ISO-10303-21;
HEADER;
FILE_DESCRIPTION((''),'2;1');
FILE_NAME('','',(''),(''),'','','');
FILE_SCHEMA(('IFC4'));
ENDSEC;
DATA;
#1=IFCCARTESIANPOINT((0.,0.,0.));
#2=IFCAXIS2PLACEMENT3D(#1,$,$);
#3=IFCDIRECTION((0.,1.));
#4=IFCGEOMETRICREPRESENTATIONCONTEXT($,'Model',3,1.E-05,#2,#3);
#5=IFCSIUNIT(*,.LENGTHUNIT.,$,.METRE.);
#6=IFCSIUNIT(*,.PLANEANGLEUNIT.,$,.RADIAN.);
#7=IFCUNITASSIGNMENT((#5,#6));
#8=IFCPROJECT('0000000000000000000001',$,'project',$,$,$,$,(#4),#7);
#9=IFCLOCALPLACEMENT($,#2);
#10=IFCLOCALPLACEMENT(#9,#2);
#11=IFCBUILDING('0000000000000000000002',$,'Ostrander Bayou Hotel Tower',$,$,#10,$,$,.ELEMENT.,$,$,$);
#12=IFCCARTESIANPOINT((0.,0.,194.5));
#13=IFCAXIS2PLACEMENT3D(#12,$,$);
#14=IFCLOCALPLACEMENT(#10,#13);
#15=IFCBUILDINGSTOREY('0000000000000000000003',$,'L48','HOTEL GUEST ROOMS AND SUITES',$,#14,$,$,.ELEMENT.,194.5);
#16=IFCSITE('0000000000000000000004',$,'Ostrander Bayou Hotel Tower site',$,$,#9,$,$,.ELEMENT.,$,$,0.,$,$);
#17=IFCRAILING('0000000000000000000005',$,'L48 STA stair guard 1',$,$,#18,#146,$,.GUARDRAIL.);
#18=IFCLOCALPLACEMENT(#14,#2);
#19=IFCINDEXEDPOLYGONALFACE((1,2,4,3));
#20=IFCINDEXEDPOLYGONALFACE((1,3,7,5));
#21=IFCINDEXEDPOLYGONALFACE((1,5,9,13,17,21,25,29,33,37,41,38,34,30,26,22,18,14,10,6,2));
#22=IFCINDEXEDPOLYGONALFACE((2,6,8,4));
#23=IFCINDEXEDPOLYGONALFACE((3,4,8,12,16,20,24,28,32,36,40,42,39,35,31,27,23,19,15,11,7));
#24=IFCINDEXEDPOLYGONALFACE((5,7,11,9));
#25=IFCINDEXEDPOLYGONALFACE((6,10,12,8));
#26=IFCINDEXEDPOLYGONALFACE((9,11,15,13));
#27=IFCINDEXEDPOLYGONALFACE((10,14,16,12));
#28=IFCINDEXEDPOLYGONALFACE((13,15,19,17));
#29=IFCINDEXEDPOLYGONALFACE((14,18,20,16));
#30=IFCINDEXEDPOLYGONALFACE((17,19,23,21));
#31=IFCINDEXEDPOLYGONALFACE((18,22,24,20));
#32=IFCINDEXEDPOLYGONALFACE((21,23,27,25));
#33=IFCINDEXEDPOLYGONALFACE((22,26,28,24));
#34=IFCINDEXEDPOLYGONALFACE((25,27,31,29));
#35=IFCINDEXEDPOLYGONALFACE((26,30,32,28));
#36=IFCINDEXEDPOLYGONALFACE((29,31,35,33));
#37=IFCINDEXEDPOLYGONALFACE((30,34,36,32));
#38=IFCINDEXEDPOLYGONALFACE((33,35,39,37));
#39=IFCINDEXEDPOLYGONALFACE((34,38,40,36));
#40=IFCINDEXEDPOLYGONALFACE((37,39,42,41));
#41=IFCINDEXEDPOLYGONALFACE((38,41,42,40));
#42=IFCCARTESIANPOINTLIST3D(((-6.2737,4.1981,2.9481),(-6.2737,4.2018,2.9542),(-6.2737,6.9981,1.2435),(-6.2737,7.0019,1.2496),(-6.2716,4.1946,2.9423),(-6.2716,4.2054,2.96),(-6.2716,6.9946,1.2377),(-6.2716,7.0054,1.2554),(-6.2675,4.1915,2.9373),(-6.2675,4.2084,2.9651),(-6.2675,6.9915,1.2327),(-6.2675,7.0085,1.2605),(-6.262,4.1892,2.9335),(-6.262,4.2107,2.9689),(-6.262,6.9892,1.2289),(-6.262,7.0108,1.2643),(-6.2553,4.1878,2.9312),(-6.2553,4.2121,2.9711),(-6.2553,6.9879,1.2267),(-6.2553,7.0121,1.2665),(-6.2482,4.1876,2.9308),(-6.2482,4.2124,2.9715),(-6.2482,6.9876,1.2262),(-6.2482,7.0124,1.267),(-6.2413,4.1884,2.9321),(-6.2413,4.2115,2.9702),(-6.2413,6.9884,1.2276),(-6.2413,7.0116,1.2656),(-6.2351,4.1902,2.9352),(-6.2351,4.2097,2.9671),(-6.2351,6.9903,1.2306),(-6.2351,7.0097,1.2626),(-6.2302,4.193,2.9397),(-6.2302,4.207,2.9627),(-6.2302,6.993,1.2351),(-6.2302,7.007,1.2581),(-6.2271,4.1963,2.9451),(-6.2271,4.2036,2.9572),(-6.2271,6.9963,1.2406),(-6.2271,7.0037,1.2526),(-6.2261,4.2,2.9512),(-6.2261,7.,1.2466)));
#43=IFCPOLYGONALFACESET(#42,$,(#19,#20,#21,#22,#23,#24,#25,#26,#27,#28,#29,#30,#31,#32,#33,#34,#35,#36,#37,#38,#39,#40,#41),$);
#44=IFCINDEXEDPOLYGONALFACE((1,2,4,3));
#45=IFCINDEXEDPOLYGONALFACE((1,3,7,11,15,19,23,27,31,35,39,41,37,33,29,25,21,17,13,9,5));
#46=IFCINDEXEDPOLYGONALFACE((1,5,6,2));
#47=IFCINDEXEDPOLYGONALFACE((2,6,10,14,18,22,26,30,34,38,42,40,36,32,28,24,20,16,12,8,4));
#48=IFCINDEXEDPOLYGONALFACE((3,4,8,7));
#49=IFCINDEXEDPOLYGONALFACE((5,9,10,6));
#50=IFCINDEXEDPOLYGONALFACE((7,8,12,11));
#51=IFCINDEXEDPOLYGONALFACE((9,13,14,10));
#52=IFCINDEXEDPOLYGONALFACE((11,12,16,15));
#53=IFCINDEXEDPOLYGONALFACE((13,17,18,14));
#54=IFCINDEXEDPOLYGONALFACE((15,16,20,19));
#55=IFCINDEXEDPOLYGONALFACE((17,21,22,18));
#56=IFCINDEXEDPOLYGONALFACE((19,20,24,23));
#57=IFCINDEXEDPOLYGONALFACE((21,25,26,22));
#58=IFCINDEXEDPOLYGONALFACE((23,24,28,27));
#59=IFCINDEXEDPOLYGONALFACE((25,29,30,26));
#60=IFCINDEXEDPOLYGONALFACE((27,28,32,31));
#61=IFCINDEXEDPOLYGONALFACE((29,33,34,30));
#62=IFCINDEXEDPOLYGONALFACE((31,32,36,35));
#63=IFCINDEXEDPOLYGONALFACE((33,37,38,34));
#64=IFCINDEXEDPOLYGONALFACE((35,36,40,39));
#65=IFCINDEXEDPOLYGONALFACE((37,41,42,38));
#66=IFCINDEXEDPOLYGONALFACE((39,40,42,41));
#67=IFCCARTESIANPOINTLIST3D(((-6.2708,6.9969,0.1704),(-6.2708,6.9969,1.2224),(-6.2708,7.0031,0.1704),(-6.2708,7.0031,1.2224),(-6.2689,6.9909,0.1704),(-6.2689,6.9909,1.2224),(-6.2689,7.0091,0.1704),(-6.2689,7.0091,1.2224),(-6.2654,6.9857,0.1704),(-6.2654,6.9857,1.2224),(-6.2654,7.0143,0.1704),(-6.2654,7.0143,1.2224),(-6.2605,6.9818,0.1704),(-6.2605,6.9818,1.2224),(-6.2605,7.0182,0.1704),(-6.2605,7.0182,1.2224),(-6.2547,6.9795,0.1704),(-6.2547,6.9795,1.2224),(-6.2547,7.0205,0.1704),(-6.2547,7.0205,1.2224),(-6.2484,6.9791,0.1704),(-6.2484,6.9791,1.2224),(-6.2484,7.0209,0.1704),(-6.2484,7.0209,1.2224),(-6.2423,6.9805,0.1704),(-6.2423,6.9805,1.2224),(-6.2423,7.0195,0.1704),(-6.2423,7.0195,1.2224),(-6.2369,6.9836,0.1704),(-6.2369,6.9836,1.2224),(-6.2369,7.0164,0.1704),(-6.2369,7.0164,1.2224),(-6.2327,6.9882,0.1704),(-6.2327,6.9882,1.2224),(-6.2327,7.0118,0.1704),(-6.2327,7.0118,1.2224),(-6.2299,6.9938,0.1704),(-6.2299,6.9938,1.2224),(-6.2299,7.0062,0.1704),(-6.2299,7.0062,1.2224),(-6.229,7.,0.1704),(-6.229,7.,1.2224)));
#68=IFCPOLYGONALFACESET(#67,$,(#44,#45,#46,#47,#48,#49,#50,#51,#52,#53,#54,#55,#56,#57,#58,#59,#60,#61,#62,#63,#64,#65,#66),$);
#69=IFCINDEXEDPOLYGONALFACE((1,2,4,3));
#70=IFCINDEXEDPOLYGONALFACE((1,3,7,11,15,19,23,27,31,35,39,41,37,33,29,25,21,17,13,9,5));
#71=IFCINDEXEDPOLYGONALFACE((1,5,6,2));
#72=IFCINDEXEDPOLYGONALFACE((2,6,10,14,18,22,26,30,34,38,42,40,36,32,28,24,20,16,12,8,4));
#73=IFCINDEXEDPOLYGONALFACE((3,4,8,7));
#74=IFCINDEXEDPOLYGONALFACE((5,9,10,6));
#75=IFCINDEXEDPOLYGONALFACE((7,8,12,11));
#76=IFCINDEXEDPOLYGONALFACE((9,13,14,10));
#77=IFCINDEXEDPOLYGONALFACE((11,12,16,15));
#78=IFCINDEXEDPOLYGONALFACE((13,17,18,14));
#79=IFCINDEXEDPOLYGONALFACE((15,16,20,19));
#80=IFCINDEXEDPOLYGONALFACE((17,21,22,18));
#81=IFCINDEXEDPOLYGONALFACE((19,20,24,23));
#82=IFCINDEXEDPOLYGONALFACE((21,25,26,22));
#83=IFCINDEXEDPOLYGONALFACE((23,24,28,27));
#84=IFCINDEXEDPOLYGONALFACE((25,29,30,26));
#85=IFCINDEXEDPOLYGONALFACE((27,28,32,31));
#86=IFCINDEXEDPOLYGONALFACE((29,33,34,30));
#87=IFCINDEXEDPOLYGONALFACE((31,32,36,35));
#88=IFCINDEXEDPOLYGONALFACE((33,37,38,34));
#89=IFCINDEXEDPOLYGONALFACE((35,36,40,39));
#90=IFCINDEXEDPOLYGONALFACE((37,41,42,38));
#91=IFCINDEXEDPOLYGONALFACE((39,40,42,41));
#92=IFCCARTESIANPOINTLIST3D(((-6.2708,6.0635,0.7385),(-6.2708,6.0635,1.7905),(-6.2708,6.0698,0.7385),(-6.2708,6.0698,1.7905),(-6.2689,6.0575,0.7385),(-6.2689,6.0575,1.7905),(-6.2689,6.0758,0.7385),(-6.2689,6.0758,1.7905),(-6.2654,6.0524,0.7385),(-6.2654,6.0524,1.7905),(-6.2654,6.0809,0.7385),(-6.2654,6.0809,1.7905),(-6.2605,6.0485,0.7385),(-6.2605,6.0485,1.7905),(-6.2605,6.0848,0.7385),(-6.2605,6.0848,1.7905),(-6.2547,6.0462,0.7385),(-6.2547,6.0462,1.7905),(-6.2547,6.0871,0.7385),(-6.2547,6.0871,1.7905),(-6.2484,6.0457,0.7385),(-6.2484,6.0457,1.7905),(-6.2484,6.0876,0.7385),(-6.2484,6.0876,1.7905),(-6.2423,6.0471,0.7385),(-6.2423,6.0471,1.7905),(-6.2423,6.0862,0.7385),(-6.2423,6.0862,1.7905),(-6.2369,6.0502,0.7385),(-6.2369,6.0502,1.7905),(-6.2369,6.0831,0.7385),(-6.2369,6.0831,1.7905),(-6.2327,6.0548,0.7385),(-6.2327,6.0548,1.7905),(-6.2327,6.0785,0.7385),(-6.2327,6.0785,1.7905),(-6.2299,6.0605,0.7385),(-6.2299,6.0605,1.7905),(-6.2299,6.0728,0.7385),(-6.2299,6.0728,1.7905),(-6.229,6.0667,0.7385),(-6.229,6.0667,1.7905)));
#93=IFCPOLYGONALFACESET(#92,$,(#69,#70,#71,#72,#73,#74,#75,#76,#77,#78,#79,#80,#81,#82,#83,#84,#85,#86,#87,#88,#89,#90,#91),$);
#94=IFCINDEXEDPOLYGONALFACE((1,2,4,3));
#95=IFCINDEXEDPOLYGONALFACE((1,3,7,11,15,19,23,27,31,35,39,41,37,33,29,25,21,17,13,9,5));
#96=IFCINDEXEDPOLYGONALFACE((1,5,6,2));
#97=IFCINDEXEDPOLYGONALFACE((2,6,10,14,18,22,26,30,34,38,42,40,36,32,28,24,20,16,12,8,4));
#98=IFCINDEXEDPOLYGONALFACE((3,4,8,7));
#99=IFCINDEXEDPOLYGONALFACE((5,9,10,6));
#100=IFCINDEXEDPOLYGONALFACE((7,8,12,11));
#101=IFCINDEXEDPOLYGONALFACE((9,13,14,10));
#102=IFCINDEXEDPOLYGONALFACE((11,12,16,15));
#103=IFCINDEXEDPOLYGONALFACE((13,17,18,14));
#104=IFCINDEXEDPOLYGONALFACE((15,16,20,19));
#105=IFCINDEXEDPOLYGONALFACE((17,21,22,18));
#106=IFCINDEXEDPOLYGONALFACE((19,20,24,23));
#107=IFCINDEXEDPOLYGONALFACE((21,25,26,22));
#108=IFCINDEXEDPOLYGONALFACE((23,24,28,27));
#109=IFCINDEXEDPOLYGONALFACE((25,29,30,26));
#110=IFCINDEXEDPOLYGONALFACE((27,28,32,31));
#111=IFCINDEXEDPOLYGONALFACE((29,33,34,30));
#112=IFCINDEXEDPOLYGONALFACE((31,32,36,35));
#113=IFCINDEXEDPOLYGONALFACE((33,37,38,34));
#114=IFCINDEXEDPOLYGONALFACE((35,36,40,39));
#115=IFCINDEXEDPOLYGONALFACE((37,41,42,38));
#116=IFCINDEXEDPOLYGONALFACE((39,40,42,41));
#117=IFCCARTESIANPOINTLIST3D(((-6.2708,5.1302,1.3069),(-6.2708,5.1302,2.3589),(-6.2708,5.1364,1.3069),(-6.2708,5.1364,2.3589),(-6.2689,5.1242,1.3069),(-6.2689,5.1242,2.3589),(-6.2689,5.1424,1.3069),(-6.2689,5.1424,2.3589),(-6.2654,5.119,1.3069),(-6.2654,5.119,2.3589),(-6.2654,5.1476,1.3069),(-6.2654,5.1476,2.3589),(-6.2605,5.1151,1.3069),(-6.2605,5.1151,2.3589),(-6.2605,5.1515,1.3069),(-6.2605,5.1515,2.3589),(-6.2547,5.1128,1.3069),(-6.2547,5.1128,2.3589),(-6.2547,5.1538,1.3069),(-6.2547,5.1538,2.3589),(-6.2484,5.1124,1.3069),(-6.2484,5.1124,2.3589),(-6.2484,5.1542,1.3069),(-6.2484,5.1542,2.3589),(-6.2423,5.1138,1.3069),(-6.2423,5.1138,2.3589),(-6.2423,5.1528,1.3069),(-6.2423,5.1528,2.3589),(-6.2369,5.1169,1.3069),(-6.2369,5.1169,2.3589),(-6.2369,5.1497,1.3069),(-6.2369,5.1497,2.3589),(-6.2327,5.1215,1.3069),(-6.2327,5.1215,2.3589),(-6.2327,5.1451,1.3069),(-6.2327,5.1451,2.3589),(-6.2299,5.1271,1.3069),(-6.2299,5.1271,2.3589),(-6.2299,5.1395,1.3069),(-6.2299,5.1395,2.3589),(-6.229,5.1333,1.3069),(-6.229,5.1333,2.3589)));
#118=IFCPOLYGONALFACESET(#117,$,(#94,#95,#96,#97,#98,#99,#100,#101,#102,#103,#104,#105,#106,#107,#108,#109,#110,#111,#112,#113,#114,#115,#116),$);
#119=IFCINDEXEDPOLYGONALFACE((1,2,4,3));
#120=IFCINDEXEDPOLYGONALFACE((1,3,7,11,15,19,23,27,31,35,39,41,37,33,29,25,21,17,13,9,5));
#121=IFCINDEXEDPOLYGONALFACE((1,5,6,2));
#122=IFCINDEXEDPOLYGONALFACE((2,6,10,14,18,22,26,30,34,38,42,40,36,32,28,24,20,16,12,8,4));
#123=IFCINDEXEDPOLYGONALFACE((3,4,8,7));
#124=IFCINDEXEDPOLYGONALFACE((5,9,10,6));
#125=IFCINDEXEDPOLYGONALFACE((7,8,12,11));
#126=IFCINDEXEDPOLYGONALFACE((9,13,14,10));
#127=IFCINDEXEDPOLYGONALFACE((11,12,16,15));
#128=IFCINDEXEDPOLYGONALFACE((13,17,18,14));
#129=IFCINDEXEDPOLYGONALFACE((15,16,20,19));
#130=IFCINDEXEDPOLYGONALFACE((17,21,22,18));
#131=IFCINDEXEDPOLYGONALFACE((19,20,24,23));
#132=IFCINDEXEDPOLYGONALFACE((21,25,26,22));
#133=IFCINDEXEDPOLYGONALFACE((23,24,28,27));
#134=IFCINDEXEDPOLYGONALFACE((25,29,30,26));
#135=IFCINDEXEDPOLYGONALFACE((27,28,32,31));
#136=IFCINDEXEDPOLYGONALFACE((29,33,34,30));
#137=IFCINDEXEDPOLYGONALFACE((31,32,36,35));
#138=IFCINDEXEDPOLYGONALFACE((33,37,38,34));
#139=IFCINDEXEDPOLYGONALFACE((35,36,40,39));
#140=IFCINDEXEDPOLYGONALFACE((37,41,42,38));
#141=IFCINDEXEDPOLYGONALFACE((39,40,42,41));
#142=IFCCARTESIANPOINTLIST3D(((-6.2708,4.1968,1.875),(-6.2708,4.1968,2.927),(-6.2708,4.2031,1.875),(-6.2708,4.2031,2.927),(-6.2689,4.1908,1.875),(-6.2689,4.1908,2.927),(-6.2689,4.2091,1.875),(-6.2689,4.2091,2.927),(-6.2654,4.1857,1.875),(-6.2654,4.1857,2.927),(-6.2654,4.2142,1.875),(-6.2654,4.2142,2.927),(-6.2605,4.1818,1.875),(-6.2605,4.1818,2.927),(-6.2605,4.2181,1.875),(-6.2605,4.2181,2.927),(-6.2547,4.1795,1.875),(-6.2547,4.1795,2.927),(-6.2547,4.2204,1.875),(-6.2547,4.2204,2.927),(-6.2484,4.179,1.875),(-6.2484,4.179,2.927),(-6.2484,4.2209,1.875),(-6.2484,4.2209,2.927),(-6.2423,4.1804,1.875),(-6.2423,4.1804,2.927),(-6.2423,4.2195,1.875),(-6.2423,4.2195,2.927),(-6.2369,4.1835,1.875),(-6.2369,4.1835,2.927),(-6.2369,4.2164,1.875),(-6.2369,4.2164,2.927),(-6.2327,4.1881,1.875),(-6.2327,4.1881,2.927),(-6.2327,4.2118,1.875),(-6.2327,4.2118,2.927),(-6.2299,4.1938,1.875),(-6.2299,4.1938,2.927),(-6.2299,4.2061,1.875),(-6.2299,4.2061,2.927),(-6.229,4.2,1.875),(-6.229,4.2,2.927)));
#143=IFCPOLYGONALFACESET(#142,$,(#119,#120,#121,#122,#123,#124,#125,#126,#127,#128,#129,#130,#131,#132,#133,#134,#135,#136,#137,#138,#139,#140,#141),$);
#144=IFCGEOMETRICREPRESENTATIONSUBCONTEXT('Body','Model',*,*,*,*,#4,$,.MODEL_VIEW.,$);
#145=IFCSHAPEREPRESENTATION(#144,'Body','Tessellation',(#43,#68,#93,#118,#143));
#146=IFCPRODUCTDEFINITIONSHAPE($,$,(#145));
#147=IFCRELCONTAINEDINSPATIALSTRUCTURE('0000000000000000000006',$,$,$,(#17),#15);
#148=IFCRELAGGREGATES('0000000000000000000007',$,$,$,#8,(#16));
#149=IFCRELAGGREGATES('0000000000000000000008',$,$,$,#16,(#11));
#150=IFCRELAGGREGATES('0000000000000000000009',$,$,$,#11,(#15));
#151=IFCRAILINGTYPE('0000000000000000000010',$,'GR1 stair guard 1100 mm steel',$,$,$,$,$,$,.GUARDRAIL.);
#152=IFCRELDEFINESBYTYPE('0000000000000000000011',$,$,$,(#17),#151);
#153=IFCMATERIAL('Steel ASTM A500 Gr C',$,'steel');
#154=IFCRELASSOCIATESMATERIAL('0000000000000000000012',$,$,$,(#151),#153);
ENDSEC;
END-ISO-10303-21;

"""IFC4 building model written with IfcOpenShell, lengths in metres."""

from ifc_helpers import new_model, si_unit, direction, frame, origin, origin_2d, place, context, subcontext, project, spatial, circle, extrude, material, type_object, element, save


model = new_model("IFC4")

# Units and contexts
model_context = context("Model", 3, precision=1e-05, world=origin(), true_north=direction((0.0, 1.0)))
body_context = subcontext(model_context, "Body", "Model", "MODEL_VIEW")
ifc_project = project(units=[si_unit("LENGTHUNIT", "METRE"), si_unit("PLANEANGLEUNIT", "RADIAN")], contexts=[model_context])

# Site, building, storey
site_placement = place(None, origin())
site = spatial("IfcSite", under=ifc_project, at=site_placement, Name="Ostrander Bayou Hotel Tower site", CompositionType="ELEMENT", RefElevation=0.0)
building_placement = place(site_placement, origin())
building = spatial("IfcBuilding", under=site, at=building_placement, Name="Ostrander Bayou Hotel Tower", CompositionType="ELEMENT")
storey_placement = place(building_placement, frame((0.0, 0.0, 194.5)))
storey = spatial("IfcBuildingStorey", under=building, at=storey_placement, Name="L48", Description="HOTEL GUEST ROOMS AND SUITES", CompositionType="ELEMENT", Elevation=194.5)

# Railing
ifc_material_1 = material(Name="Steel ASTM A500 Gr C", Category="steel")
railing_type_1 = type_object("IfcRailingType", Name="GR1 stair guard 1100 mm steel", PredefinedType="GUARDRAIL", material=ifc_material_1)
railing_1_placement = place(storey_placement, frame((-6.25, 7.0, 0.1704)))
element("IfcRailing", 1, at=railing_1_placement, inside=storey, type_object=railing_type_1, Name="L48 STA stair guard 1", PredefinedType="GUARDRAIL", context=body_context, shape_type="SweptSolid", body=[
    extrude(circle(Radius=0.0239, at=origin_2d()), frame((0.0, 0.0, 1.0762), z_axis=(0.0, -0.85417, 0.519994), x_axis=(1.0, 0.0, 0.0)), (0.0, 0.0, 1.0), 3.2781),
    extrude(circle(Radius=0.021, at=origin_2d()), origin(), (0.0, 0.0, 1.0), 1.052),
    extrude(circle(Radius=0.021, at=origin_2d()), frame((0.0, -0.9333, 0.5681)), (0.0, 0.0, 1.0), 1.052),
    extrude(circle(Radius=0.021, at=origin_2d()), frame((0.0, -1.8667, 1.1365)), (0.0, 0.0, 1.0), 1.052),
    extrude(circle(Radius=0.021, at=origin_2d()), frame((0.0, -2.8, 1.7046)), (0.0, 0.0, 1.0), 1.052),
])

save(model, "model.ifc")
